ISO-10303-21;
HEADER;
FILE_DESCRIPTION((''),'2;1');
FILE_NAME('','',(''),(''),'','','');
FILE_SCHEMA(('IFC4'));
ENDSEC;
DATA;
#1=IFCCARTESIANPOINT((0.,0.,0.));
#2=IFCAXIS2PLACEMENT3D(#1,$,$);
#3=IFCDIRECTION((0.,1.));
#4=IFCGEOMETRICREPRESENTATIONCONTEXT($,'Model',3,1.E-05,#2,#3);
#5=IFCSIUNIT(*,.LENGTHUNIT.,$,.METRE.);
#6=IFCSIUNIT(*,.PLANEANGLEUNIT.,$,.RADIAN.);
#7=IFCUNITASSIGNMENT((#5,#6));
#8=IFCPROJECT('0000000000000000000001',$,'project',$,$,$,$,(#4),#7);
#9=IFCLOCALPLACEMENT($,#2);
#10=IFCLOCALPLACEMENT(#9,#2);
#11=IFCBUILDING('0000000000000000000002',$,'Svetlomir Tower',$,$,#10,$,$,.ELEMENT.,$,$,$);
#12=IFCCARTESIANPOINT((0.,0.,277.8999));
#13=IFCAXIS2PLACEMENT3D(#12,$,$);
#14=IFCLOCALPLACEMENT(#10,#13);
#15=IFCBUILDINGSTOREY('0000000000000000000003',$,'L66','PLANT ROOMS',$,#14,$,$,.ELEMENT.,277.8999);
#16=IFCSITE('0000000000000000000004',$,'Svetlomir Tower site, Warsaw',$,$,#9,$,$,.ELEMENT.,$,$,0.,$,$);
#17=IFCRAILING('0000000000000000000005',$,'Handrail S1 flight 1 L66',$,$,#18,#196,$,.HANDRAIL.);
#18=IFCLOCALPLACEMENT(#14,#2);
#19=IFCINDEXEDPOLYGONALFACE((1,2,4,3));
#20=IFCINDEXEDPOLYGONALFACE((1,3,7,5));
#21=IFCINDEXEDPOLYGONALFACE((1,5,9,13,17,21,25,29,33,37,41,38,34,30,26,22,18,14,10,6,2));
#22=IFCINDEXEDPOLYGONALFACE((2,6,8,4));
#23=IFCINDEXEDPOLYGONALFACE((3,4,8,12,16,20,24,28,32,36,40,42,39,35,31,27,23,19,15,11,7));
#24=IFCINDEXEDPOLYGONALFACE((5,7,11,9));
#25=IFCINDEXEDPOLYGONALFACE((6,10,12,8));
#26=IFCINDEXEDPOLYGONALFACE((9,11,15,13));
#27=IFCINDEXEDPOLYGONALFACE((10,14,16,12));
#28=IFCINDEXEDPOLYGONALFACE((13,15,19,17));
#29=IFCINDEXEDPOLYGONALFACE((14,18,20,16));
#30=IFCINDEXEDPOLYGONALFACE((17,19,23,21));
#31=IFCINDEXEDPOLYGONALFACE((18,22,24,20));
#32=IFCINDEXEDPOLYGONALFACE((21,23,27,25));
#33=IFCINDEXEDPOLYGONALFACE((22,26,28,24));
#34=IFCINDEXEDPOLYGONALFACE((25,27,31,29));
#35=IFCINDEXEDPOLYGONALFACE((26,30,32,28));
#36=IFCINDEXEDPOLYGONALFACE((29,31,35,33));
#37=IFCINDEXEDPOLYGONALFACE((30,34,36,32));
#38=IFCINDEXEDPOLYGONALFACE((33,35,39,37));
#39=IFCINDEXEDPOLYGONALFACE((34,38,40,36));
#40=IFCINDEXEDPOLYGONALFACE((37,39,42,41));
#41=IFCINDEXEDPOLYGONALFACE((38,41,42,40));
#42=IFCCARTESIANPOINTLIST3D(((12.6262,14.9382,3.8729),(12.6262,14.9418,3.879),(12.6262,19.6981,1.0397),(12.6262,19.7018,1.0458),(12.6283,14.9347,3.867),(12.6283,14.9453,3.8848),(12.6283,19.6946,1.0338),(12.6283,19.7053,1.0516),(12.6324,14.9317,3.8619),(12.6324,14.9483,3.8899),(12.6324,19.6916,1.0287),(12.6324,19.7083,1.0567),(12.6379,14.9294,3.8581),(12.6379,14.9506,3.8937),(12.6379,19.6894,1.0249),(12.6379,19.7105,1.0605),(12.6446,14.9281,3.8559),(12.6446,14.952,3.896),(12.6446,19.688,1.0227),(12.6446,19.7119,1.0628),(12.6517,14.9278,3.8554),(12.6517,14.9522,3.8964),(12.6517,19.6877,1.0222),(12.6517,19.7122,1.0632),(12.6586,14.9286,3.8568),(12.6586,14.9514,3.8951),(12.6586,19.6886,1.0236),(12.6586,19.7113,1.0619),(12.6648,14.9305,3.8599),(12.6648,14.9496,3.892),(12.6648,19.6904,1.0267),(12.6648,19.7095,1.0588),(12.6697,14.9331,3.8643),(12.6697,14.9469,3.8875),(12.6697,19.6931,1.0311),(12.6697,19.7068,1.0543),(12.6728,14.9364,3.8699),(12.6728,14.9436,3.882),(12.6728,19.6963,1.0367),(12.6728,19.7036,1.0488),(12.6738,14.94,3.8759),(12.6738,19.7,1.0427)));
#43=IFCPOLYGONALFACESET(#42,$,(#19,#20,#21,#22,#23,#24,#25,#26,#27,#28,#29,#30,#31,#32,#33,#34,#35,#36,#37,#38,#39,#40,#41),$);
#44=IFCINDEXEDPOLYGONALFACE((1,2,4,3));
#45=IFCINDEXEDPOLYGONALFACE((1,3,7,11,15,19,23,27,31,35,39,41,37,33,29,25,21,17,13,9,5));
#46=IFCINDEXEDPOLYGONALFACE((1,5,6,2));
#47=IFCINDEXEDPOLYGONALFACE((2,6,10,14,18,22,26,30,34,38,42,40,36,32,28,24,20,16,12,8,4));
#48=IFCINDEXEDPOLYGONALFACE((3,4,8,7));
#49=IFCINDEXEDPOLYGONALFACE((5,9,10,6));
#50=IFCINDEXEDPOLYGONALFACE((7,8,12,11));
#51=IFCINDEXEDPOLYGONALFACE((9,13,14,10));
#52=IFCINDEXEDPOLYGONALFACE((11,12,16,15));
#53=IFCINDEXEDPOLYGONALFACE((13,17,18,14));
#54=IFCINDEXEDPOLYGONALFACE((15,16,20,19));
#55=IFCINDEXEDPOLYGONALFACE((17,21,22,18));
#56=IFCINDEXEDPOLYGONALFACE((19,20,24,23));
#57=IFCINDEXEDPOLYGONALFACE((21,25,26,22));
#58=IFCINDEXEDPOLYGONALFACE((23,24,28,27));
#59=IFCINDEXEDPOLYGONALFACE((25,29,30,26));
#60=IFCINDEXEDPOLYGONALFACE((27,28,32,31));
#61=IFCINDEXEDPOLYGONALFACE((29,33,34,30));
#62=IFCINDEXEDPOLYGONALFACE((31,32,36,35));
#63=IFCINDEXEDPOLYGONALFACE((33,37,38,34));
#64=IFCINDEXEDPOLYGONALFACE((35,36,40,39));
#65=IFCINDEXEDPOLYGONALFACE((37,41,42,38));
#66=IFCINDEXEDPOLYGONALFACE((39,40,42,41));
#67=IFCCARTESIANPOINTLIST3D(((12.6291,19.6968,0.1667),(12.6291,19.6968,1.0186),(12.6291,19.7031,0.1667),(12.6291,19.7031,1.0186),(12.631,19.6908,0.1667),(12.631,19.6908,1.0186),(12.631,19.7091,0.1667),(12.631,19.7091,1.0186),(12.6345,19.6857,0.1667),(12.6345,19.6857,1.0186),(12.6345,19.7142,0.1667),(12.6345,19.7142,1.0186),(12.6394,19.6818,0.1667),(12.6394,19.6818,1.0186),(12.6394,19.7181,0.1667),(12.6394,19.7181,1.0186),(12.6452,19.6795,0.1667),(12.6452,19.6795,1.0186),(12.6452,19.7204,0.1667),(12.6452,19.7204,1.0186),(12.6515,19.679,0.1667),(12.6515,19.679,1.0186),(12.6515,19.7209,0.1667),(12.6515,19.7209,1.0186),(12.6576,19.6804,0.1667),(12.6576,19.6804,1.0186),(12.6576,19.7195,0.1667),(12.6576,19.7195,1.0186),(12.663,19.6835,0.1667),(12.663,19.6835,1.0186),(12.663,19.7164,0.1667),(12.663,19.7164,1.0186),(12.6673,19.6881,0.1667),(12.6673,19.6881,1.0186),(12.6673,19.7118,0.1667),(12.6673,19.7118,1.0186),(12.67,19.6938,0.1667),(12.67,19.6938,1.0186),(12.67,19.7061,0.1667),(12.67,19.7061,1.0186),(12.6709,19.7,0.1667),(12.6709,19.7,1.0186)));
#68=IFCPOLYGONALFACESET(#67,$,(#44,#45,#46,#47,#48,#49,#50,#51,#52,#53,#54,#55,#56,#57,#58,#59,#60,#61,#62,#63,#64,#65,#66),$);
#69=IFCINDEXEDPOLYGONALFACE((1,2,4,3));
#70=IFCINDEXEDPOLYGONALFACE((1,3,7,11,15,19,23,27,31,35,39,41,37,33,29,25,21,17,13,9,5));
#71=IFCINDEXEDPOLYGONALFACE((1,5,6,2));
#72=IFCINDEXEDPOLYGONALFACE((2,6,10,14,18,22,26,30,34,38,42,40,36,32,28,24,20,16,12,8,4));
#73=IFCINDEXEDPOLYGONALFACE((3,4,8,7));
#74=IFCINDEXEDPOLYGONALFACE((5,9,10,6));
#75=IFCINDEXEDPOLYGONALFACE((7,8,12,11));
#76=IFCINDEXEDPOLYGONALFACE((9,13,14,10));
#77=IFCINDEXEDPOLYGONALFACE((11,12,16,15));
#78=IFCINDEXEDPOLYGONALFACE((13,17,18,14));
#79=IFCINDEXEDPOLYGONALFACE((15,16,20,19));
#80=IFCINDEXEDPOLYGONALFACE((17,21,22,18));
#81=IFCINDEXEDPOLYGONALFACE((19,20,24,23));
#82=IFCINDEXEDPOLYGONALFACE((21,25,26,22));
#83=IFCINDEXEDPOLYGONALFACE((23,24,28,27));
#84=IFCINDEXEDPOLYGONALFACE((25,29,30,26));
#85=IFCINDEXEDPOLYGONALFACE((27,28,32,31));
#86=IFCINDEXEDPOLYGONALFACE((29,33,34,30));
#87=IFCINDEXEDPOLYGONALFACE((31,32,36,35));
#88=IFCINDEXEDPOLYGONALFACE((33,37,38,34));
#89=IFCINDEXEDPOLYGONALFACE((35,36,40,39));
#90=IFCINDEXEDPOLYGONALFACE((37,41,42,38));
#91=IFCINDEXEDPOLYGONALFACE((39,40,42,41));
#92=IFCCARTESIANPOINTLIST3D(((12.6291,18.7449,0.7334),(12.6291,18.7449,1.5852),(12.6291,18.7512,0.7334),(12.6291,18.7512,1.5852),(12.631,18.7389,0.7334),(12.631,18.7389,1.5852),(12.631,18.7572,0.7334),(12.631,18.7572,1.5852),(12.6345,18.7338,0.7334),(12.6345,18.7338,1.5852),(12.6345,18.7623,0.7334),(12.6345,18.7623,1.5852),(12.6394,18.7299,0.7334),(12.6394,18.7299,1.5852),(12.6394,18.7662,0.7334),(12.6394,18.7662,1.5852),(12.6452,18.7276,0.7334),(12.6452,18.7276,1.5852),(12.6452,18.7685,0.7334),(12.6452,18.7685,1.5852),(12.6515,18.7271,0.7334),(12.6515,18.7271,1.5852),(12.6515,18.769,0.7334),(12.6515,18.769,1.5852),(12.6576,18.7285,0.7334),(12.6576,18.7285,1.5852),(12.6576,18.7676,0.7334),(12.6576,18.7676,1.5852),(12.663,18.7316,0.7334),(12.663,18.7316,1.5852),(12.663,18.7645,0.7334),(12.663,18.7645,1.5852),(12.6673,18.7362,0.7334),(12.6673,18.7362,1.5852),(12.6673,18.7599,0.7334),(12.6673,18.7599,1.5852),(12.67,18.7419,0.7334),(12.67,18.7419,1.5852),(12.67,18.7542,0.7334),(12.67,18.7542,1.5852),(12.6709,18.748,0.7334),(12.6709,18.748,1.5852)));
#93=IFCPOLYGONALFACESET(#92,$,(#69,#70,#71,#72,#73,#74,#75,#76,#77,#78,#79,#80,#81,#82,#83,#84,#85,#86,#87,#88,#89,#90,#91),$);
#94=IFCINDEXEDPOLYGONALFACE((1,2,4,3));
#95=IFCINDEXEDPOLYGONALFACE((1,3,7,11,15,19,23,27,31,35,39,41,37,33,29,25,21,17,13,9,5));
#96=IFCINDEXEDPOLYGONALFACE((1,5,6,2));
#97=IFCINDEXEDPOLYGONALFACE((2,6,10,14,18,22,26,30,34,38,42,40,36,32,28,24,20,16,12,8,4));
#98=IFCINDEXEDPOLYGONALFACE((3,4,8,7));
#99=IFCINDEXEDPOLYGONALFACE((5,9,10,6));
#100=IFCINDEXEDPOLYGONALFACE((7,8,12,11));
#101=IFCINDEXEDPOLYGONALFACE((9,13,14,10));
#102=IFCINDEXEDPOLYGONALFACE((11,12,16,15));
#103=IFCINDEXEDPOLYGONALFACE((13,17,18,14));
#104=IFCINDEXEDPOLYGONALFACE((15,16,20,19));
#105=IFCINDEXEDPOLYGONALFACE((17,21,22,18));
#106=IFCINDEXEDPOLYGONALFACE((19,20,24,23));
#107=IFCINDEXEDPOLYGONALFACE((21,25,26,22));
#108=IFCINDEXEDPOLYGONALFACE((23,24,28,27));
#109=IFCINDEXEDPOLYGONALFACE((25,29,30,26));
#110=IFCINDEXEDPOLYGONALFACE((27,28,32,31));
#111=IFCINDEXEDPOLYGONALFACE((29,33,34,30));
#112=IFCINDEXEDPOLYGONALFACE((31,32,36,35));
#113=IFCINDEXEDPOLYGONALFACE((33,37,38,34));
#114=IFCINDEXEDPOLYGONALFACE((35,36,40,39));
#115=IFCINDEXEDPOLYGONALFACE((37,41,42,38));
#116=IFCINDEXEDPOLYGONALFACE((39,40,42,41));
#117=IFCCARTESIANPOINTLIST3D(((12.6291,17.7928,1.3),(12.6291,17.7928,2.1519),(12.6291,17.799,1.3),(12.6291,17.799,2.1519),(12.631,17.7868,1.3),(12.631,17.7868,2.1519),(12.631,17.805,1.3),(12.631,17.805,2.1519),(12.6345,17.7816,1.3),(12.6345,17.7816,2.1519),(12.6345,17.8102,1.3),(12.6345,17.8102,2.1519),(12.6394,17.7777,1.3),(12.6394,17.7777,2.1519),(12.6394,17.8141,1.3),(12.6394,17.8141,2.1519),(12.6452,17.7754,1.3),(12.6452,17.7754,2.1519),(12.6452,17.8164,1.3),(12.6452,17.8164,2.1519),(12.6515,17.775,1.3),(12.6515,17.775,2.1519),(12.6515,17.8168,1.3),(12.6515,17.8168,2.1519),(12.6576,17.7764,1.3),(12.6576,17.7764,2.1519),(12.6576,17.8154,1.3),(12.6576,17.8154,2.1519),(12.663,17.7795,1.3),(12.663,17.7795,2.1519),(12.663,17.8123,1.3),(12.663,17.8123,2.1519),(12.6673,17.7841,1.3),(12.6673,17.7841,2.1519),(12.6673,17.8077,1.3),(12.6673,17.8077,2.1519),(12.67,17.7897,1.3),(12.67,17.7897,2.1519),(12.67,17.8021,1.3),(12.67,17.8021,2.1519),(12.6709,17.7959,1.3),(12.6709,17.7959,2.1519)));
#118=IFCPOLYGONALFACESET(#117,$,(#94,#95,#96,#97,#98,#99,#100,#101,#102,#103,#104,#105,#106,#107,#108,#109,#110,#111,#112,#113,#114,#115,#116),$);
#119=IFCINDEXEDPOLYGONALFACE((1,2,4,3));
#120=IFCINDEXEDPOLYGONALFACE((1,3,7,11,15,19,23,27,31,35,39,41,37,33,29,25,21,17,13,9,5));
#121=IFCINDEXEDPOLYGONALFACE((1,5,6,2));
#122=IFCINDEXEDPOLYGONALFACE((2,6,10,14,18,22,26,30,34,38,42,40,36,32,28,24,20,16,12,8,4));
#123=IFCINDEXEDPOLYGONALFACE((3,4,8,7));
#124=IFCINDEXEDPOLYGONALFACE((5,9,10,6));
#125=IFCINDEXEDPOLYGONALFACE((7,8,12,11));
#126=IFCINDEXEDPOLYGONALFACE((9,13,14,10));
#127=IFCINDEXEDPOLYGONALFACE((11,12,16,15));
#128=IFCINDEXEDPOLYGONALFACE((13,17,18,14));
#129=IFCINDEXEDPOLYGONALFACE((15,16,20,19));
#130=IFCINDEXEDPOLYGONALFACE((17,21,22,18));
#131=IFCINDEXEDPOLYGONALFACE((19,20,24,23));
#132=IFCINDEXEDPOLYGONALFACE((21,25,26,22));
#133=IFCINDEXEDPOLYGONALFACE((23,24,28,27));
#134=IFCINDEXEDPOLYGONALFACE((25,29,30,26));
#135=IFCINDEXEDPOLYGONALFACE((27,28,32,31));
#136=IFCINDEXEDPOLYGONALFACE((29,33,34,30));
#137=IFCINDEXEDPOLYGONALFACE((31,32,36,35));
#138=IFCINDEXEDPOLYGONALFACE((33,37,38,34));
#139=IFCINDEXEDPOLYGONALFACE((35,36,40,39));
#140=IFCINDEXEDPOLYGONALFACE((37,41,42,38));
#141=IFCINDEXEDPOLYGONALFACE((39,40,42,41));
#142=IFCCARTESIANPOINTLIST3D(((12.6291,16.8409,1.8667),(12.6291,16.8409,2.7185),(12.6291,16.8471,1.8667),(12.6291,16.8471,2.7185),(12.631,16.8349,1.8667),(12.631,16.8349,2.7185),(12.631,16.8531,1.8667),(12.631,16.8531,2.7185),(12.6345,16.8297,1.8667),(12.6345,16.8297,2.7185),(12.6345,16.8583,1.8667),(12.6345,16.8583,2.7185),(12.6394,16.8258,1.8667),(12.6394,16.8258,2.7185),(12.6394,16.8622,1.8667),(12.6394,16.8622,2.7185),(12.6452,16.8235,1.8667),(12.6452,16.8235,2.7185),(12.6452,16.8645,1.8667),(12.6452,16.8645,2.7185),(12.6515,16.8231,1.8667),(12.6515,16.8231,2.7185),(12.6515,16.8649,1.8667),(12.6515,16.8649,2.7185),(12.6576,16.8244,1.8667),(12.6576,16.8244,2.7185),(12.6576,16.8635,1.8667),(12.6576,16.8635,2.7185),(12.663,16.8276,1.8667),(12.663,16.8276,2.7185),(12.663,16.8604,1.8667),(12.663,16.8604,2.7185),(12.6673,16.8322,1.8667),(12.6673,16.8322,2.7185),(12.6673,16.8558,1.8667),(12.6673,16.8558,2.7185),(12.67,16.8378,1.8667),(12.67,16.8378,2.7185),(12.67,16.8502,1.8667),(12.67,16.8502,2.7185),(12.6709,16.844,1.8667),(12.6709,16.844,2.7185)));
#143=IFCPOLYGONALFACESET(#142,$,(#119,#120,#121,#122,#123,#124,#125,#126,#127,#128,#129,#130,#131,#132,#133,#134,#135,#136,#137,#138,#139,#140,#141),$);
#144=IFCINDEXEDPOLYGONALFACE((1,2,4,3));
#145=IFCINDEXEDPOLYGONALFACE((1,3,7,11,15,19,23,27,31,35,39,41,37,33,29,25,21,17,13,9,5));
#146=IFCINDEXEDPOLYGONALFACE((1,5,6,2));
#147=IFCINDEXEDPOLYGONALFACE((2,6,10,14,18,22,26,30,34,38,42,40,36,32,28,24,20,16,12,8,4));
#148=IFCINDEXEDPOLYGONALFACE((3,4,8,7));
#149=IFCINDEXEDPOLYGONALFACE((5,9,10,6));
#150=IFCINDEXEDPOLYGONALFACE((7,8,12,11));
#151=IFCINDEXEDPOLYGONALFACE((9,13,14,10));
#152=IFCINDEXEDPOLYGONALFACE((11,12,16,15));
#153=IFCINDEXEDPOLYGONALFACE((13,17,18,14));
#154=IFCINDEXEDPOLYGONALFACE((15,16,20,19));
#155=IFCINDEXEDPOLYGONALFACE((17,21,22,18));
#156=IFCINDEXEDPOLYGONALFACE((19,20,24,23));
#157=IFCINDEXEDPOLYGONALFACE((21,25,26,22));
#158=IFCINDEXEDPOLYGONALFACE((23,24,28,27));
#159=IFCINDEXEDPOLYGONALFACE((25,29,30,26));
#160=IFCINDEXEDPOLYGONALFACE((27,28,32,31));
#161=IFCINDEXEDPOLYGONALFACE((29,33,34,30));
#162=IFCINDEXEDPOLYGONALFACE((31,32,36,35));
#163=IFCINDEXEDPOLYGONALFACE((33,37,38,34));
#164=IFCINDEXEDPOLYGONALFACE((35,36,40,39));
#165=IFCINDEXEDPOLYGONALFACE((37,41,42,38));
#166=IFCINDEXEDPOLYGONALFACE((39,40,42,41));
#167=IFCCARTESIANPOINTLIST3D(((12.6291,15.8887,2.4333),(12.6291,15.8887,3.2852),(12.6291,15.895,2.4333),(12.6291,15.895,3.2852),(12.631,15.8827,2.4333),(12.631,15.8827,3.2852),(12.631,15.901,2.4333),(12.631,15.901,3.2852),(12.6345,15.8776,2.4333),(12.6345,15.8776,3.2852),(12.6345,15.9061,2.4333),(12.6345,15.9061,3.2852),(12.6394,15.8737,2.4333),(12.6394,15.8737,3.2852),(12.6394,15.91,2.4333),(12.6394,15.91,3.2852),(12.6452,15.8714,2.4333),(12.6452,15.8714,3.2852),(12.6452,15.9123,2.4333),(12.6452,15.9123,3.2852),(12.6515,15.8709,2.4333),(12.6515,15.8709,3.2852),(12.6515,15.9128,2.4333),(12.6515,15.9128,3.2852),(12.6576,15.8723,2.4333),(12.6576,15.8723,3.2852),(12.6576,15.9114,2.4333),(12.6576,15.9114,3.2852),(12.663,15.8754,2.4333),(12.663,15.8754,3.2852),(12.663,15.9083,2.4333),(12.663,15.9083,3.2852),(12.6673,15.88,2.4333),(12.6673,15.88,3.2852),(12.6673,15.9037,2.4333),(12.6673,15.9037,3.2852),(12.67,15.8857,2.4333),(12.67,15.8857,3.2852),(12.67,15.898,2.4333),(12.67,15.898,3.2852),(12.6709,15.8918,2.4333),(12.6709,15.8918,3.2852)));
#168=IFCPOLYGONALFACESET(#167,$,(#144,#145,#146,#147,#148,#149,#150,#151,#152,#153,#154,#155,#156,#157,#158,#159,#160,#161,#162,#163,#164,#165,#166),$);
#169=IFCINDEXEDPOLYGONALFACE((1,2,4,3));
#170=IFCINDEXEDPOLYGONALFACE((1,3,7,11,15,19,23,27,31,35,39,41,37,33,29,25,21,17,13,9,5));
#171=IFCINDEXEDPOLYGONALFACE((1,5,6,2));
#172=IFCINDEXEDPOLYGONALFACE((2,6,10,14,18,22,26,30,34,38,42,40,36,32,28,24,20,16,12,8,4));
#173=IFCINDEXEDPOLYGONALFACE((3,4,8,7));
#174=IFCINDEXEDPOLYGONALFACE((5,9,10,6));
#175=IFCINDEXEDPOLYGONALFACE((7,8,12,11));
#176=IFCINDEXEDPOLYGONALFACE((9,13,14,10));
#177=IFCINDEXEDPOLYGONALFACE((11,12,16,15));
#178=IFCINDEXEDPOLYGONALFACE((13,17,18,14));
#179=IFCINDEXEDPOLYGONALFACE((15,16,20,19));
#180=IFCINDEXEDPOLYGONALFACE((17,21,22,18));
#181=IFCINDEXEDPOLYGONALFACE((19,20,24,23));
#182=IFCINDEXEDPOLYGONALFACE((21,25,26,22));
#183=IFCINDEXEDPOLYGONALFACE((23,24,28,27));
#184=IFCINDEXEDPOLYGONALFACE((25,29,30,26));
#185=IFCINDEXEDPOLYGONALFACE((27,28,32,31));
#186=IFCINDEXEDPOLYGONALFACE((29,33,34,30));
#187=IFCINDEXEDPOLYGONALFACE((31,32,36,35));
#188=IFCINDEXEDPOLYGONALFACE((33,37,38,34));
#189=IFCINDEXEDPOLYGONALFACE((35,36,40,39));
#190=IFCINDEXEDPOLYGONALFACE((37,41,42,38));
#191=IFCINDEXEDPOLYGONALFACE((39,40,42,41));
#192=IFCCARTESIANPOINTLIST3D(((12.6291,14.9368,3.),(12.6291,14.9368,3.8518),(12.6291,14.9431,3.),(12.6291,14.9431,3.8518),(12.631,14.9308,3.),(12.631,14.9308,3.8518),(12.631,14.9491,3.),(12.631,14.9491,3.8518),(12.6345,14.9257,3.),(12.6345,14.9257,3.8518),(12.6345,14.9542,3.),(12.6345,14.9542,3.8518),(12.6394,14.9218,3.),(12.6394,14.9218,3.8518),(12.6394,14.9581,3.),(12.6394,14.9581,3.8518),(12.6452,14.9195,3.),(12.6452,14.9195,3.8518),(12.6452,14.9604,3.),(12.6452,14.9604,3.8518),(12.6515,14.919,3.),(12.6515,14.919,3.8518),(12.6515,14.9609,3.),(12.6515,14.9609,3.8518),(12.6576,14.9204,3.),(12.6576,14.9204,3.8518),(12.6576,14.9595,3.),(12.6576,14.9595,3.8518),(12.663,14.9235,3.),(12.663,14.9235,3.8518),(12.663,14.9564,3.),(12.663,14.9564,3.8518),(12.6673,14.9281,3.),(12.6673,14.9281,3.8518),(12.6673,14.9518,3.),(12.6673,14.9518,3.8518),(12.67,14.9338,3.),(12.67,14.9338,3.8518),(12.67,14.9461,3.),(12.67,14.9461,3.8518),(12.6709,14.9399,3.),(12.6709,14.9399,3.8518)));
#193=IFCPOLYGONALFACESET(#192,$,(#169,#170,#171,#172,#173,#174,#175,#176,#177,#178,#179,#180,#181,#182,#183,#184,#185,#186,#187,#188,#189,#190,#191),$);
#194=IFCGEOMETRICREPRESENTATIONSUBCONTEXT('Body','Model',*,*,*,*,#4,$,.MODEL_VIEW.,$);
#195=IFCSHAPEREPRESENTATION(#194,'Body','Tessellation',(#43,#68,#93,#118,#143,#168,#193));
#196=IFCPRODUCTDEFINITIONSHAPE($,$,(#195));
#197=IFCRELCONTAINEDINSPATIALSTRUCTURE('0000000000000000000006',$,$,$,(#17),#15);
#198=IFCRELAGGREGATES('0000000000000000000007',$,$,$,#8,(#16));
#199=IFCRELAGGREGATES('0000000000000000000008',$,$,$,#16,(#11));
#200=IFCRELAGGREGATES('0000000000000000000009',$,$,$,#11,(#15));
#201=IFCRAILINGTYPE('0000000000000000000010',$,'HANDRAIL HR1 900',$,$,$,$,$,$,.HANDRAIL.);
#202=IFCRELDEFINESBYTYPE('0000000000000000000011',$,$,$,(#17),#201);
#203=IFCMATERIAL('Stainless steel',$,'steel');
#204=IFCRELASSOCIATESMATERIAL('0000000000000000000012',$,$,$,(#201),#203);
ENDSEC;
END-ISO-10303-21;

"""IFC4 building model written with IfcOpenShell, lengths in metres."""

from ifc_helpers import new_model, si_unit, direction, frame, origin, origin_2d, place, context, subcontext, project, spatial, circle, extrude, material, type_object, element, save


model = new_model("IFC4")

# Units and contexts
model_context = context("Model", 3, precision=1e-05, world=origin(), true_north=direction((0.0, 1.0)))
body_context = subcontext(model_context, "Body", "Model", "MODEL_VIEW")
ifc_project = project(units=[si_unit("LENGTHUNIT", "METRE"), si_unit("PLANEANGLEUNIT", "RADIAN")], contexts=[model_context])

# Site, building, storey
site_placement = place(None, origin())
site = spatial("IfcSite", under=ifc_project, at=site_placement, Name="Svetlomir Tower site, Warsaw", CompositionType="ELEMENT", RefElevation=0.0)
building_placement = place(site_placement, origin())
building = spatial("IfcBuilding", under=site, at=building_placement, Name="Svetlomir Tower", CompositionType="ELEMENT")
storey_placement = place(building_placement, frame((0.0, 0.0, 277.8999)))
storey = spatial("IfcBuildingStorey", under=building, at=storey_placement, Name="L66", Description="PLANT ROOMS", CompositionType="ELEMENT", Elevation=277.8999)

# Railing
ifc_material_1 = material(Name="Stainless steel", Category="steel")
railing_type = type_object("IfcRailingType", Name="HANDRAIL HR1 900", PredefinedType="HANDRAIL", material=ifc_material_1)
railing_placement = place(storey_placement, frame((12.6499, 19.7, 0.1667)))
element("IfcRailing", 1, at=railing_placement, inside=storey, type_object=railing_type, Name="Handrail S1 flight 1 L66", PredefinedType="HANDRAIL", context=body_context, shape_type="SweptSolid", body=[
    extrude(circle(Radius=0.0239, at=origin_2d()), frame((0.0, 0.0, 0.876), z_axis=(0.0, -0.8593, 0.511472), x_axis=(1.0, 0.0, 0.0)), (0.0, 0.0, 1.0), 5.5393),
    extrude(circle(Radius=0.021, at=origin_2d()), origin(), (0.0, 0.0, 1.0), 0.8518),
    extrude(circle(Radius=0.021, at=origin_2d()), frame((0.0, -0.9519, 0.5667)), (0.0, 0.0, 1.0), 0.8518),
    extrude(circle(Radius=0.021, at=origin_2d()), frame((0.0, -1.9041, 1.1333)), (0.0, 0.0, 1.0), 0.8518),
    extrude(circle(Radius=0.021, at=origin_2d()), frame((0.0, -2.856, 1.7)), (0.0, 0.0, 1.0), 0.8518),
    extrude(circle(Radius=0.021, at=origin_2d()), frame((0.0, -3.8081, 2.2666)), (0.0, 0.0, 1.0), 0.8518),
    extrude(circle(Radius=0.021, at=origin_2d()), frame((0.0, -4.76, 2.8333)), (0.0, 0.0, 1.0), 0.8518),
])

save(model, "model.ifc")
